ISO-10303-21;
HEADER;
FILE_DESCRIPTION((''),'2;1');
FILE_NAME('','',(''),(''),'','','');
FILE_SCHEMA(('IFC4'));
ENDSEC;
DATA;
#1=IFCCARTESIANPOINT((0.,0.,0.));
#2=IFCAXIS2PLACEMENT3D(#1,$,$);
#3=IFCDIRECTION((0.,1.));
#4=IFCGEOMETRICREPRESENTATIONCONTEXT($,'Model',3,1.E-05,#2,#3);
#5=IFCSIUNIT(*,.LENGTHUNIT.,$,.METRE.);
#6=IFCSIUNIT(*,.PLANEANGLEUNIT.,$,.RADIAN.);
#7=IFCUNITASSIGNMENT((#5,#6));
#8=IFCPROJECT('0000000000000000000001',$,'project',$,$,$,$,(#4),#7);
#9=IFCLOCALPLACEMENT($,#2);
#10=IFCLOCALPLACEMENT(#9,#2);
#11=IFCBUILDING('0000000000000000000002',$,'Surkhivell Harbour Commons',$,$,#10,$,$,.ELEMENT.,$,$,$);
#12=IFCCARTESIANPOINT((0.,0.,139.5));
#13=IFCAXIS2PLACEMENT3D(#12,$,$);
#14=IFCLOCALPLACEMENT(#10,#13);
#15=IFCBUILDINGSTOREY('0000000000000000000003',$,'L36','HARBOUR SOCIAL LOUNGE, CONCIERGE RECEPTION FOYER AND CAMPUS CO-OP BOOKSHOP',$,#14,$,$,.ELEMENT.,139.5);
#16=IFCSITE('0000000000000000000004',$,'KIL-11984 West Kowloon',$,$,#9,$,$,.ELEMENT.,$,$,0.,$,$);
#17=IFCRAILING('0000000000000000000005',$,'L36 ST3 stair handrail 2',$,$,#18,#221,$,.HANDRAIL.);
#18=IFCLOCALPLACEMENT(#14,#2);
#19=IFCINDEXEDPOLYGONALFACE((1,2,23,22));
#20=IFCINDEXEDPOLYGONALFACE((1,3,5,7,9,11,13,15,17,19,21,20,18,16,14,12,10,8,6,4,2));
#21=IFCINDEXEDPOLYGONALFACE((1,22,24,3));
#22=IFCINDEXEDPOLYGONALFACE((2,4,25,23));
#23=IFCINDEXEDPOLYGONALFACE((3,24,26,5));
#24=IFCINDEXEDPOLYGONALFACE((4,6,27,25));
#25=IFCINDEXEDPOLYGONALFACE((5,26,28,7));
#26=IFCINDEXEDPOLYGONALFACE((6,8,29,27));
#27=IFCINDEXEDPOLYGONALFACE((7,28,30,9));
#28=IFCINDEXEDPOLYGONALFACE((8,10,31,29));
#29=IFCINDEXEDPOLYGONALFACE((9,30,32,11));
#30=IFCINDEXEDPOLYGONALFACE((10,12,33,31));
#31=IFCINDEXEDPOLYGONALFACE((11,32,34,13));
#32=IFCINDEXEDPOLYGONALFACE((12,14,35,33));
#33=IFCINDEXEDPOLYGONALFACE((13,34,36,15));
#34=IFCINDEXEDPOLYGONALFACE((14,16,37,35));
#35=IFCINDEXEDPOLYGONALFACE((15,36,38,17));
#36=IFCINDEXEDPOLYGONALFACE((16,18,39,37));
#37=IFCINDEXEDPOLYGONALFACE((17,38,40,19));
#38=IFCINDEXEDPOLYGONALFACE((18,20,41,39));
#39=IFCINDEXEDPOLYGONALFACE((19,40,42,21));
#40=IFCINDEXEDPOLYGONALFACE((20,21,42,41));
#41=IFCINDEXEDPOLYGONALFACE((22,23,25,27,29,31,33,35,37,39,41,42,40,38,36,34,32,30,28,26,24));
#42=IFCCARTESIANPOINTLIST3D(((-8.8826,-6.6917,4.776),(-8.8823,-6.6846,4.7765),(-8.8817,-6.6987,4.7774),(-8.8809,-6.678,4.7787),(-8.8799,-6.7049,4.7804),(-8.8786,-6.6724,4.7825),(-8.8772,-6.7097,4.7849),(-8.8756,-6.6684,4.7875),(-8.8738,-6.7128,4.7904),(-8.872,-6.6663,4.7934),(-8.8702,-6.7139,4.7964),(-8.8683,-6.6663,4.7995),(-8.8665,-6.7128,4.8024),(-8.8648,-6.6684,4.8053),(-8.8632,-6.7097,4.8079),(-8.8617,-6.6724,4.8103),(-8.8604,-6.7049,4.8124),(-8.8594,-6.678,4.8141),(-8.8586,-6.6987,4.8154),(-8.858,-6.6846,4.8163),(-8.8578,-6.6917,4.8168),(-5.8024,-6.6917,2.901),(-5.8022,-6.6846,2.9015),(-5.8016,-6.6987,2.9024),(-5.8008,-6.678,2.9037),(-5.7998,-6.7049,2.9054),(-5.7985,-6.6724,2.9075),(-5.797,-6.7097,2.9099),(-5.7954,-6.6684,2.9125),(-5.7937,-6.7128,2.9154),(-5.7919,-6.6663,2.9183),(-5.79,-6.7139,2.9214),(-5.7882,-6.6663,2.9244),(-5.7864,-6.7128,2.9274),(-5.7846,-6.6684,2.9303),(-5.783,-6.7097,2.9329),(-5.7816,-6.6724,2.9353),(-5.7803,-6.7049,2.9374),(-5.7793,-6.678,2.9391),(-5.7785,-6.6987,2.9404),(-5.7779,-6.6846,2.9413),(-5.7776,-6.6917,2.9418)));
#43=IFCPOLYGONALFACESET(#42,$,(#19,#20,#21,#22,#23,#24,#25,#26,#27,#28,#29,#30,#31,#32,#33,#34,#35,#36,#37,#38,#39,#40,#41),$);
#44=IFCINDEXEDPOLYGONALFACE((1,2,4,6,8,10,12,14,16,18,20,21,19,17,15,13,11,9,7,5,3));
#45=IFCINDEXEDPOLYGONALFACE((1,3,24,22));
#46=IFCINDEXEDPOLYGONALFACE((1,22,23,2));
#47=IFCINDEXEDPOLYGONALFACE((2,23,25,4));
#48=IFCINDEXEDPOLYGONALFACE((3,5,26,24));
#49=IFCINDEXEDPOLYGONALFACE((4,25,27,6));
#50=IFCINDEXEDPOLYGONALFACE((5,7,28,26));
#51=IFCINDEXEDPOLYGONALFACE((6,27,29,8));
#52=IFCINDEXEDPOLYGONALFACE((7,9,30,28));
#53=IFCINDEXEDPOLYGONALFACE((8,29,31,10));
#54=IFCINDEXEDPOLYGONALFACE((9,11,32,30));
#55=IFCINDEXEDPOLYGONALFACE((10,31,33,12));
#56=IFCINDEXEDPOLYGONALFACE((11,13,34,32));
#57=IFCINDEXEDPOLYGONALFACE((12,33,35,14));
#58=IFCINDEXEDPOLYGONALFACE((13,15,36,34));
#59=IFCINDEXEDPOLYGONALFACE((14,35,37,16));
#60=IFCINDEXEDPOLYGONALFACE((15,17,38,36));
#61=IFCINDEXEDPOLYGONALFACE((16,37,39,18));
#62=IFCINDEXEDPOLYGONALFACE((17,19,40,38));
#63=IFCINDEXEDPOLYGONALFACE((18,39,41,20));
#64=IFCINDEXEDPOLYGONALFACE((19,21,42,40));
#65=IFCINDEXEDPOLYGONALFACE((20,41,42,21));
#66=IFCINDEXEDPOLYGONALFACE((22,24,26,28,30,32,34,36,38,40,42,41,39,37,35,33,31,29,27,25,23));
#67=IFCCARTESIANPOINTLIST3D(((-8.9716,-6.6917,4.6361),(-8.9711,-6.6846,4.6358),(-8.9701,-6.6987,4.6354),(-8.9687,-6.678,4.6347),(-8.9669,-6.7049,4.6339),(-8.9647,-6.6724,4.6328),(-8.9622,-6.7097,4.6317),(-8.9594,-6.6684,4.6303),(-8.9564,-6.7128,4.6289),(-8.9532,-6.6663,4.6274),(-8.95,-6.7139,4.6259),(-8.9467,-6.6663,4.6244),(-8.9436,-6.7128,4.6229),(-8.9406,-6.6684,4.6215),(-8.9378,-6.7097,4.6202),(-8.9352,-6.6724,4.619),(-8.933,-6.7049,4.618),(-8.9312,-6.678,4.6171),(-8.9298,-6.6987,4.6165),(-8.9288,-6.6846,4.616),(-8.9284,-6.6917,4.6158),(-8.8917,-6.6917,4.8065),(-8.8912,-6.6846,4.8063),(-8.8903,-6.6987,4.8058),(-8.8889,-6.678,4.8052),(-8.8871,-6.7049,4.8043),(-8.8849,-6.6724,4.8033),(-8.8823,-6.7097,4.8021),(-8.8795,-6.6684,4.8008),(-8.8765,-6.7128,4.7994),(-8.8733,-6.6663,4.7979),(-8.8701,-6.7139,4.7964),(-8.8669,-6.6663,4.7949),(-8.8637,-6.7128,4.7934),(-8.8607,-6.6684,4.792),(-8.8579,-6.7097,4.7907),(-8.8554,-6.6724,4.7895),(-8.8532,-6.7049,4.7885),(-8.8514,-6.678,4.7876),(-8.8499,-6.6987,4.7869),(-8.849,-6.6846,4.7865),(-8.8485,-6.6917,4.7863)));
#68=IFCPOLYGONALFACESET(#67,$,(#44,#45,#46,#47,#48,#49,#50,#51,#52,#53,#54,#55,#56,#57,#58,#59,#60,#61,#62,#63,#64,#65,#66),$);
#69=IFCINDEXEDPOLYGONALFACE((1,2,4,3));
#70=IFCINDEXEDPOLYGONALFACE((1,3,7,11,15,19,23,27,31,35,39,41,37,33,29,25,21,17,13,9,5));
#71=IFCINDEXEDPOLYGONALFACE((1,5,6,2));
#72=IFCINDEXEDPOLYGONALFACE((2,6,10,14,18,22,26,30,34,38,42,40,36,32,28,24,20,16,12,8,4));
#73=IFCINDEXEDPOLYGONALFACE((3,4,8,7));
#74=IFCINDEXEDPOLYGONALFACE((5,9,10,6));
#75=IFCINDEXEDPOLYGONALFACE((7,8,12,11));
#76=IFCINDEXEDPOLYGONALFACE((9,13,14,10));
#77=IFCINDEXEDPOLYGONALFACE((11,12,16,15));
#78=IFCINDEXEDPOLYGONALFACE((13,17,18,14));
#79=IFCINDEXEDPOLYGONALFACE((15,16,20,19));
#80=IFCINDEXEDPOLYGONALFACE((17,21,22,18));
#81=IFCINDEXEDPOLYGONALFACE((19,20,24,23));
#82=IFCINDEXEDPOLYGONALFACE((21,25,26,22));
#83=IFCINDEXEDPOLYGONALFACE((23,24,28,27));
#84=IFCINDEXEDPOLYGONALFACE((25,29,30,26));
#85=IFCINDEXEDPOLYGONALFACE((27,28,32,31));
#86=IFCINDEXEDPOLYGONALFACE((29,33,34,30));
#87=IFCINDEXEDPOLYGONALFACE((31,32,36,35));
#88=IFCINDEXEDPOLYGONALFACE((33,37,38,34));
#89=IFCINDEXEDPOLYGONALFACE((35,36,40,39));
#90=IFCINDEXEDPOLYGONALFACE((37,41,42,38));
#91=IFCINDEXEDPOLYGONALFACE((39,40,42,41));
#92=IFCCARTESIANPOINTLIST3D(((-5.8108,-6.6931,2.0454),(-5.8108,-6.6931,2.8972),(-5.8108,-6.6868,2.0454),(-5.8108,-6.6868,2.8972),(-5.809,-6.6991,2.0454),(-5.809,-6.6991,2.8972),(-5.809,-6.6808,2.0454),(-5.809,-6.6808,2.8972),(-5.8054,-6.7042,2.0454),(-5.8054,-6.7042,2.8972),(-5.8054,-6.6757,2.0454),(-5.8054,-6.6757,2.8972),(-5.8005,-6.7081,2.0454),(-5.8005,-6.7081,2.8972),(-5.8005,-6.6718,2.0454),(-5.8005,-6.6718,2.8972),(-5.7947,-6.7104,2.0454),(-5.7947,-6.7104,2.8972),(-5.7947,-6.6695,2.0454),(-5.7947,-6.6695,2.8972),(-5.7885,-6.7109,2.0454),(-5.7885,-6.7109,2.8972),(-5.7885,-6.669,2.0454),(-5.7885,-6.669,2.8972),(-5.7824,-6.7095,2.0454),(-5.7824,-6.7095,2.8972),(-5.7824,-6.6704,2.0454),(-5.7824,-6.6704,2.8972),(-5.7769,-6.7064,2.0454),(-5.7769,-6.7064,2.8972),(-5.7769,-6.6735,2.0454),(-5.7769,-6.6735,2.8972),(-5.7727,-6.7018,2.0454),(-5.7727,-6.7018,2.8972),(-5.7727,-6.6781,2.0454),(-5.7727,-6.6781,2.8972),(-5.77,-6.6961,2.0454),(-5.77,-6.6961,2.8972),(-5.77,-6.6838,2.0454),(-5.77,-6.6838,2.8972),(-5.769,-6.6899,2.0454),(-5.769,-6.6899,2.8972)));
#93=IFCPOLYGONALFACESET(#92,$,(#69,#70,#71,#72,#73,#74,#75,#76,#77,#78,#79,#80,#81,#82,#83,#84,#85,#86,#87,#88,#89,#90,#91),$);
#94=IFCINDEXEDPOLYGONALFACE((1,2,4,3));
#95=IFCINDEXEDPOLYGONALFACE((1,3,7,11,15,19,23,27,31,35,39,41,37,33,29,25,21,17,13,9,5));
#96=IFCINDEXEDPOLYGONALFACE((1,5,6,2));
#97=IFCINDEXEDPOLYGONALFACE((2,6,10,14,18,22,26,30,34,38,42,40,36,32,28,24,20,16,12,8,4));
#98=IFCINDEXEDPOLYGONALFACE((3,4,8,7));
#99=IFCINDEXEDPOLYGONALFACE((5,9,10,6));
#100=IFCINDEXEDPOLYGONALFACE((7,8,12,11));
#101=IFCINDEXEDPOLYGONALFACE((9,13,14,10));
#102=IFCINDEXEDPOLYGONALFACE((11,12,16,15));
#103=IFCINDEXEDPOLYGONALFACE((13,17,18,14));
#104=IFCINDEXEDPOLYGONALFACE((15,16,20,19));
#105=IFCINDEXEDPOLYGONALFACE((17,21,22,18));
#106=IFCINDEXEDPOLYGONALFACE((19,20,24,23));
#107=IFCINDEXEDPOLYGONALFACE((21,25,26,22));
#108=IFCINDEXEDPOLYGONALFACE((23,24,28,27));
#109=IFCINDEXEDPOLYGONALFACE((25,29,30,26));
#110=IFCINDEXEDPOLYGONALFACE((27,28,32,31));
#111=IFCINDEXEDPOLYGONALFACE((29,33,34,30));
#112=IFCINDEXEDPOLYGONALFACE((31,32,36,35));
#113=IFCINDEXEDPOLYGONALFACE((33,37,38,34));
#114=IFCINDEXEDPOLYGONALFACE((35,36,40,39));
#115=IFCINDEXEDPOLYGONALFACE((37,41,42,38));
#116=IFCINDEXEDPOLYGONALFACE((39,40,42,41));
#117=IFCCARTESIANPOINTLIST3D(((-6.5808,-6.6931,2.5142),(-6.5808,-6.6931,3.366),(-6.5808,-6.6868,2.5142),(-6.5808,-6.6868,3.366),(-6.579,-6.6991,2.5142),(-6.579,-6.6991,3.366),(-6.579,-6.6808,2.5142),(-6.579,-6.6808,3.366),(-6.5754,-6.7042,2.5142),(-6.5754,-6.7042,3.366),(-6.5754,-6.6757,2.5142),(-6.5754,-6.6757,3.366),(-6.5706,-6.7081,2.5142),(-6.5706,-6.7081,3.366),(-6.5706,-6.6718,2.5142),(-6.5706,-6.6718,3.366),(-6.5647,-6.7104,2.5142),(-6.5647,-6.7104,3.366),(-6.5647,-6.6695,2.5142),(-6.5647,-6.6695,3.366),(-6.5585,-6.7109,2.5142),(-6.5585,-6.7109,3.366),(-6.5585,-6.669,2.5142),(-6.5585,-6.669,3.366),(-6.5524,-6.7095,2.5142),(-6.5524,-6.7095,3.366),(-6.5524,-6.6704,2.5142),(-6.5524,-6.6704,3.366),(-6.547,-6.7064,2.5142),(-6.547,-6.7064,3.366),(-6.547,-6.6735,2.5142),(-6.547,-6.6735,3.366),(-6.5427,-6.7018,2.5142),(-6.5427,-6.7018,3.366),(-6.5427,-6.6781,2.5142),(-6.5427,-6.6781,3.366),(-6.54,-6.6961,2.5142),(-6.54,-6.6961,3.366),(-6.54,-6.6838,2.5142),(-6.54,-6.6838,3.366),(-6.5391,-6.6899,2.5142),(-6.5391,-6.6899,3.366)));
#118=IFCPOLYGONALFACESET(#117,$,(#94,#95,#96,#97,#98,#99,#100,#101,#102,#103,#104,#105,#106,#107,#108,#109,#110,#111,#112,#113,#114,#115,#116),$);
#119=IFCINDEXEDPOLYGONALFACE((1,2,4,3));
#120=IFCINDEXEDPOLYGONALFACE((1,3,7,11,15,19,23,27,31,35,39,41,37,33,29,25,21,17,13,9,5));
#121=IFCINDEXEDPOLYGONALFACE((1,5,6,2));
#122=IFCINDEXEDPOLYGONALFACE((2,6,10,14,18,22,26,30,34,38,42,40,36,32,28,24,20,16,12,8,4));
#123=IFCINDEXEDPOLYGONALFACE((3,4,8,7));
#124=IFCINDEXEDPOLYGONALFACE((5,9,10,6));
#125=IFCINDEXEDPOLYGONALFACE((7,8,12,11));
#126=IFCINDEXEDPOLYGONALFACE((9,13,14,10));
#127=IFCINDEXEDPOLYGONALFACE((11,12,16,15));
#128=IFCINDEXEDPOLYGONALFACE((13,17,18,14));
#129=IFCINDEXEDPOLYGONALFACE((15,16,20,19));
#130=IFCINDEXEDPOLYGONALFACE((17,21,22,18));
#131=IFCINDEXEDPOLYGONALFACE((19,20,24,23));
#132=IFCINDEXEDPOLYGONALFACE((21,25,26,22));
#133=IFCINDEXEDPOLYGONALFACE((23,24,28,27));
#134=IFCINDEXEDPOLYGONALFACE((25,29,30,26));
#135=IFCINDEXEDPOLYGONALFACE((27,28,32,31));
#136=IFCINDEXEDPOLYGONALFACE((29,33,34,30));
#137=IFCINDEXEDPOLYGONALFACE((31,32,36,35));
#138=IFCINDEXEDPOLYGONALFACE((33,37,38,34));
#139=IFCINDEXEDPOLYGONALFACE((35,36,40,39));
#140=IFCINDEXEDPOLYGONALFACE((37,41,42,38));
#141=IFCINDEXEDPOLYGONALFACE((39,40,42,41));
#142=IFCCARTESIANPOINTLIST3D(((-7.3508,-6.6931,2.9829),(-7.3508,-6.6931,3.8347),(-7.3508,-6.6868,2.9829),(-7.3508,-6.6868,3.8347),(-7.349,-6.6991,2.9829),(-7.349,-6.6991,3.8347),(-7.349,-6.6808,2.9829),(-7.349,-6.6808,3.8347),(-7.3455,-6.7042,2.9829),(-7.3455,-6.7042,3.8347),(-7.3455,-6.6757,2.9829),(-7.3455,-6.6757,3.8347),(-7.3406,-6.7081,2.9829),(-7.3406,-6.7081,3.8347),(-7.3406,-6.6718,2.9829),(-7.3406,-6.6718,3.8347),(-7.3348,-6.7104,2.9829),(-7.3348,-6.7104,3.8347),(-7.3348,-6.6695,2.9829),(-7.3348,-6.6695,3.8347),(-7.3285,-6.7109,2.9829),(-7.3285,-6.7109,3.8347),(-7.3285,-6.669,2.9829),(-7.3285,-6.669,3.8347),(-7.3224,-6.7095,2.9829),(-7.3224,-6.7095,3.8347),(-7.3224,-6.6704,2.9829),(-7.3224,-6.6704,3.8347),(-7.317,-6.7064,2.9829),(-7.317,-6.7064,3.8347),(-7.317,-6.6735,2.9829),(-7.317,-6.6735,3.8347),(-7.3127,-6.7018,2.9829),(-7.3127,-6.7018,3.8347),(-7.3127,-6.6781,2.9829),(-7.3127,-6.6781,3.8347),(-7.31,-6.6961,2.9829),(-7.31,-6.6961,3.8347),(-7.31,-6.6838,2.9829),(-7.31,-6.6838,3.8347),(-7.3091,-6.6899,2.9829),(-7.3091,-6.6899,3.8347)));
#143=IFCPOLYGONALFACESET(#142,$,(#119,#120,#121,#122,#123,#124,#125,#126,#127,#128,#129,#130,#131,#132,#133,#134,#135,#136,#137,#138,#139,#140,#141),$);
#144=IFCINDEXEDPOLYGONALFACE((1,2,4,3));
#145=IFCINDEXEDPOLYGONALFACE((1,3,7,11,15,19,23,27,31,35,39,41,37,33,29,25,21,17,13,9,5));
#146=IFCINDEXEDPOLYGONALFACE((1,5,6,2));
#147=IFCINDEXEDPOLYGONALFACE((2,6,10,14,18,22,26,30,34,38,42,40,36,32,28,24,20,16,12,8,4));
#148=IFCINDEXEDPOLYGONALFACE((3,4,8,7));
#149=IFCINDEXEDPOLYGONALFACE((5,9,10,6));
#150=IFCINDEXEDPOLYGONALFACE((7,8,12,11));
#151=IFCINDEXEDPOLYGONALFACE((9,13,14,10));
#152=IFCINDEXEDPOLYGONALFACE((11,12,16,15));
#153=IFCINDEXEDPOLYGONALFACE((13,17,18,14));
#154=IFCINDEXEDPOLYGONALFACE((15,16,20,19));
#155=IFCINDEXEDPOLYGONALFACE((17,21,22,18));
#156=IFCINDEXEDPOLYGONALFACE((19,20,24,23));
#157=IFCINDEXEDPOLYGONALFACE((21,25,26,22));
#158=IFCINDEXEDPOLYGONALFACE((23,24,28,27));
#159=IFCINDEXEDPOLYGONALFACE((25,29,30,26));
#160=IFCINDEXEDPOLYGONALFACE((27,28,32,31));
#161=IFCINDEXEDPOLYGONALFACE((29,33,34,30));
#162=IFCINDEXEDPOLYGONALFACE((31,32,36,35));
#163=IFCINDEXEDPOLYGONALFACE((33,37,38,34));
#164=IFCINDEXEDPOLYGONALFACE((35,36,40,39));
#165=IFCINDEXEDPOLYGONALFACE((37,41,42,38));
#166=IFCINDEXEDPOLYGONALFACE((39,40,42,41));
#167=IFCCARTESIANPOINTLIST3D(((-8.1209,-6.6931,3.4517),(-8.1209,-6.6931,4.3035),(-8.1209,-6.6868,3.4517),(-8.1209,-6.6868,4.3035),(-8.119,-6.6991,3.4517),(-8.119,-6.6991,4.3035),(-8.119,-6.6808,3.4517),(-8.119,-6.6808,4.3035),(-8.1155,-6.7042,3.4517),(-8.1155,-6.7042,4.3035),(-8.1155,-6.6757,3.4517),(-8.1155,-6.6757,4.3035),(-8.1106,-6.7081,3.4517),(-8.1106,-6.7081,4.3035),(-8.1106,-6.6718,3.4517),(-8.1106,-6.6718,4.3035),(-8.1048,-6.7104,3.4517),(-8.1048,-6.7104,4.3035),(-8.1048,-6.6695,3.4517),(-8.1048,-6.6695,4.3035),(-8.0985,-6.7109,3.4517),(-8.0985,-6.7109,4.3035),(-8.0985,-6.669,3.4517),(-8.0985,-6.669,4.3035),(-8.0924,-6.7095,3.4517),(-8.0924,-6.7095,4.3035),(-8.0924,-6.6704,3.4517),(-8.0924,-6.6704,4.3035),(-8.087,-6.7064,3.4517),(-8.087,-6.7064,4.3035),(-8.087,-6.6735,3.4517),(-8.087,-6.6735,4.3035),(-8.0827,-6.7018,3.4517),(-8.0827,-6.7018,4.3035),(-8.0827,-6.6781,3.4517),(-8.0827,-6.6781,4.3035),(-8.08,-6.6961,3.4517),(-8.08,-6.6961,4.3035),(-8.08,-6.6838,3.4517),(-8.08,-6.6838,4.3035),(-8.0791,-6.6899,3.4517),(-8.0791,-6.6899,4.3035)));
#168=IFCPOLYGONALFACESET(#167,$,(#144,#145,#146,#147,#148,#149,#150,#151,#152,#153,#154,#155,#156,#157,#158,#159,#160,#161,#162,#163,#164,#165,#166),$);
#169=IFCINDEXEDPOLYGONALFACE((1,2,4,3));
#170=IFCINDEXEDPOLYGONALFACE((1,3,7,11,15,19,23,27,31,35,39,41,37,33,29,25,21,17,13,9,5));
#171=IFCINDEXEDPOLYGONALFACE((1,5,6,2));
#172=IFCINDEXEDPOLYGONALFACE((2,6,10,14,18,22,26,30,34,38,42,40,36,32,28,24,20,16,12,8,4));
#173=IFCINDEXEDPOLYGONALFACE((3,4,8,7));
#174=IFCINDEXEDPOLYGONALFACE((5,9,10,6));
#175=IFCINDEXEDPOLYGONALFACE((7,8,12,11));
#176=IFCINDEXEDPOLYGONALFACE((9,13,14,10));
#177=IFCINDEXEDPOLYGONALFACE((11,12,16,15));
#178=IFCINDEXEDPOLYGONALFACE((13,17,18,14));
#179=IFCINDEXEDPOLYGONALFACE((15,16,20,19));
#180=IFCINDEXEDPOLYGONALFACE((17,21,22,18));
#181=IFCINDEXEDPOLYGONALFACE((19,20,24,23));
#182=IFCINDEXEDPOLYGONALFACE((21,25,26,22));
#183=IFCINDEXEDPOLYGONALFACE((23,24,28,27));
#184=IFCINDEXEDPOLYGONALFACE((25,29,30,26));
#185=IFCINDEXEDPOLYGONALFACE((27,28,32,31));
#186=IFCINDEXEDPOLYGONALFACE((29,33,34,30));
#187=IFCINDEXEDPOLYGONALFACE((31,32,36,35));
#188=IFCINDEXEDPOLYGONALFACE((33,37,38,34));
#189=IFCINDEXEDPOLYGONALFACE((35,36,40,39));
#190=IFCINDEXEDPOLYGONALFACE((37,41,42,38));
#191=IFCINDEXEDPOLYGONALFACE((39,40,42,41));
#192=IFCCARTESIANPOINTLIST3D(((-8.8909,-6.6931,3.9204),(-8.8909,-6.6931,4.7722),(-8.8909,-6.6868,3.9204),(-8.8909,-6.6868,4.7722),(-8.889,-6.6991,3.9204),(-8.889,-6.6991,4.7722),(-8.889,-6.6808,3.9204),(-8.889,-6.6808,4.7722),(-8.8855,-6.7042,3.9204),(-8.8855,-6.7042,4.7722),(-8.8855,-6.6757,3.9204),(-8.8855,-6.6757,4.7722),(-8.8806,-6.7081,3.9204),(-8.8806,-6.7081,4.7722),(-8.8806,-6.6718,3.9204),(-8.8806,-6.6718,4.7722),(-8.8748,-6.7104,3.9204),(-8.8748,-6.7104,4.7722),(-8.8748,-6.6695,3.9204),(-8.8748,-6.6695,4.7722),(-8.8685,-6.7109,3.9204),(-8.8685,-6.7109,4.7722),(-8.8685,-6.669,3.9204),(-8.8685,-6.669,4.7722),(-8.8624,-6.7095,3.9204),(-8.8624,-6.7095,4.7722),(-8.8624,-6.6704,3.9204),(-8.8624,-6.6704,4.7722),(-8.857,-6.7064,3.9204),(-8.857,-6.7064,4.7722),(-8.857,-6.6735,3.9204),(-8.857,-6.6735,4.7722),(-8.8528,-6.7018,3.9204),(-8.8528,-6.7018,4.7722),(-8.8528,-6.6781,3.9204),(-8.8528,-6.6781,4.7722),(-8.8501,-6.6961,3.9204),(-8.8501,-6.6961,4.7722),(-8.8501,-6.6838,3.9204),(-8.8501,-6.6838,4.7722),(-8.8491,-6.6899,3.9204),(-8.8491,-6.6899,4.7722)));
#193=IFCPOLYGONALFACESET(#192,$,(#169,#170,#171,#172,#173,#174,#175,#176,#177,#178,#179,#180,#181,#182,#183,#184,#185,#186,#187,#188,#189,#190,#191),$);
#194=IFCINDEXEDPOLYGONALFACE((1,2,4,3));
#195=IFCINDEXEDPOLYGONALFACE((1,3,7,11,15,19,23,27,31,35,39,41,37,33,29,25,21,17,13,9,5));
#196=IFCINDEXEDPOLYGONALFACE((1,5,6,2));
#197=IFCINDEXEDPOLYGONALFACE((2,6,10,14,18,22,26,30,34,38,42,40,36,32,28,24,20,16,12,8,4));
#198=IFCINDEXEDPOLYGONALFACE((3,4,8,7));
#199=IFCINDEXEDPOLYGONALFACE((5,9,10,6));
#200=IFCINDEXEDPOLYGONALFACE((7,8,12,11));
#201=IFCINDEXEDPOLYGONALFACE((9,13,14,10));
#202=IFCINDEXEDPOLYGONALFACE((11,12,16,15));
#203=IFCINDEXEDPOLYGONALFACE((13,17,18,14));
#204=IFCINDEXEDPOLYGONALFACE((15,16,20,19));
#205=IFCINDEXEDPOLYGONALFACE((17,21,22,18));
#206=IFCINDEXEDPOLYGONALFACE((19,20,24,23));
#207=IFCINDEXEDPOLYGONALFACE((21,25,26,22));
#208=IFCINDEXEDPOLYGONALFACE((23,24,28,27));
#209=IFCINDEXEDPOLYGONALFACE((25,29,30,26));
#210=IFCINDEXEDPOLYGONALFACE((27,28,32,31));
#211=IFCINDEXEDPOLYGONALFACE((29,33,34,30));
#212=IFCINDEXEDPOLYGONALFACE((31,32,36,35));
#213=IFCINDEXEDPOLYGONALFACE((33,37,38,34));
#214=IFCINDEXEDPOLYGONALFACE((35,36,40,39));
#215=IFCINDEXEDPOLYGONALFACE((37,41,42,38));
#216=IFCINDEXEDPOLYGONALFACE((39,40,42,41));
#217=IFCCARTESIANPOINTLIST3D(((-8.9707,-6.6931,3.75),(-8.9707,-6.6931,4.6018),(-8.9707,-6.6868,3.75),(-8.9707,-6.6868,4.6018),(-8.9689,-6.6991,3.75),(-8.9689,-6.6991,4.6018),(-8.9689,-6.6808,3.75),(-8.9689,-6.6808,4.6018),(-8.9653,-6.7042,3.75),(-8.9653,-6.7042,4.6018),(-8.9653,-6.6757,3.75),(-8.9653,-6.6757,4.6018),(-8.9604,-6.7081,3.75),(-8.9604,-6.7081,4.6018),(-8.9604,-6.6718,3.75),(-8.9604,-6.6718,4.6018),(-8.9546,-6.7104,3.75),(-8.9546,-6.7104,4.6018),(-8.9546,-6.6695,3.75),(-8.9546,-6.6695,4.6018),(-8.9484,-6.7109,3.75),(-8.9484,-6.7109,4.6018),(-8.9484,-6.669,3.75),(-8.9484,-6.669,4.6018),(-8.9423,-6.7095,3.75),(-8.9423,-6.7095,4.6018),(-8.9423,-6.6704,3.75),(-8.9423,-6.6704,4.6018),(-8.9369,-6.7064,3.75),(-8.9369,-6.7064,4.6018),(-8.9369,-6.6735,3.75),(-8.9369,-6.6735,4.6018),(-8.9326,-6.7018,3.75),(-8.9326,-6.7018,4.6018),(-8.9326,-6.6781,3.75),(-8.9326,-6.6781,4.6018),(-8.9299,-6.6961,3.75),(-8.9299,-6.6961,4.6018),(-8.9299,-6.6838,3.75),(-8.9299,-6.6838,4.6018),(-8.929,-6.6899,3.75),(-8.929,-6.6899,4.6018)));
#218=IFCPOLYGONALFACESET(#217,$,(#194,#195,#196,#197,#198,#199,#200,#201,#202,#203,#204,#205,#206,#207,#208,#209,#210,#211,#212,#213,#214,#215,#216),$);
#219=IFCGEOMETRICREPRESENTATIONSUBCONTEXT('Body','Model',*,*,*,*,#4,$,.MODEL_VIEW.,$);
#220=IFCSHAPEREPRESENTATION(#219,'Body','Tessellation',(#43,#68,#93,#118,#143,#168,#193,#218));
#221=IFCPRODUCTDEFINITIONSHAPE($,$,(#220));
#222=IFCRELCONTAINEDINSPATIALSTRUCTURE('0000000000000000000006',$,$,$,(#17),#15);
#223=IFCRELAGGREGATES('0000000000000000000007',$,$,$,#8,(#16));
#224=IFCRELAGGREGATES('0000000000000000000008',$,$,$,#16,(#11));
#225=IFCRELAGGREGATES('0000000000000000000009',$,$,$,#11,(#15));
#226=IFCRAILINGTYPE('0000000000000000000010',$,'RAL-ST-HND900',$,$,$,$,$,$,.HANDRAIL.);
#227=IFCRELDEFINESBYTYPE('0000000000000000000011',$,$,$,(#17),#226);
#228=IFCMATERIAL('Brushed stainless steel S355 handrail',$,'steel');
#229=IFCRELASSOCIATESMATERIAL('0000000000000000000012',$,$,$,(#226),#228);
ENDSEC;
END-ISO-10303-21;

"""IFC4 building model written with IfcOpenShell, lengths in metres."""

from ifc_helpers import new_model, si_unit, direction, frame, origin, origin_2d, place, context, subcontext, project, spatial, circle, extrude, material, type_object, element, save


model = new_model("IFC4")

# Units and contexts
model_context = context("Model", 3, precision=1e-05, world=origin(), true_north=direction((0.0, 1.0)))
body_context = subcontext(model_context, "Body", "Model", "MODEL_VIEW")
ifc_project = project(units=[si_unit("LENGTHUNIT", "METRE"), si_unit("PLANEANGLEUNIT", "RADIAN")], contexts=[model_context])

# Site, building, storey
site_placement = place(None, origin())
site = spatial("IfcSite", under=ifc_project, at=site_placement, Name="KIL-11984 West Kowloon", CompositionType="ELEMENT", RefElevation=0.0)
building_placement = place(site_placement, origin())
building = spatial("IfcBuilding", under=site, at=building_placement, Name="Surkhivell Harbour Commons", CompositionType="ELEMENT")
storey_placement = place(building_placement, frame((0.0, 0.0, 139.5)))
storey = spatial("IfcBuildingStorey", under=building, at=storey_placement, Name="L36", Description="HARBOUR SOCIAL LOUNGE, CONCIERGE RECEPTION FOYER AND CAMPUS CO-OP BOOKSHOP", CompositionType="ELEMENT", Elevation=139.5)

# Railing
ifc_material_1 = material(Name="Brushed stainless steel S355 handrail", Category="steel")
railing_type_1 = type_object("IfcRailingType", Name="RAL-ST-HND900", PredefinedType="HANDRAIL", material=ifc_material_1)
railing_1_placement = place(storey_placement, frame((-5.79, -6.6899, 2.0454)))
element("IfcRailing", 1, at=railing_1_placement, inside=storey, type_object=railing_type_1, Name="L36 ST3 stair handrail 2", PredefinedType="HANDRAIL", context=body_context, shape_type="SweptSolid", body=[
    extrude(circle(Radius=0.0239, at=origin_2d()), frame((0.0, 0.0, 0.876), z_axis=(-0.854178, 0.0, 0.519981), x_axis=(0.0, -1.0, 0.0)), (0.0, 0.0, 1.0), 3.606),
    extrude(circle(Radius=0.0239, at=origin_2d()), frame((-3.0801, 0.0, 2.751), z_axis=(-0.424234, 0.0, -0.905552), x_axis=(0.0, -1.0, 0.0)), (0.0, 0.0, 1.0), 0.1882),
    extrude(circle(Radius=0.021, at=origin_2d()), origin(), (0.0, 0.0, 1.0), 0.8518),
    extrude(circle(Radius=0.021, at=origin_2d()), frame((-0.77, 0.0, 0.4688)), (0.0, 0.0, 1.0), 0.8518),
    extrude(circle(Radius=0.021, at=origin_2d()), frame((-1.54, 0.0, 0.9375)), (0.0, 0.0, 1.0), 0.8518),
    extrude(circle(Radius=0.021, at=origin_2d()), frame((-2.3101, 0.0, 1.4062)), (0.0, 0.0, 1.0), 0.8518),
    extrude(circle(Radius=0.021, at=origin_2d()), frame((-3.0801, 0.0, 1.875)), (0.0, 0.0, 1.0), 0.8518),
    extrude(circle(Radius=0.021, at=origin_2d()), frame((-3.1599, 0.0, 1.7046)), (0.0, 0.0, 1.0), 0.8518),
])

save(model, "model.ifc")
